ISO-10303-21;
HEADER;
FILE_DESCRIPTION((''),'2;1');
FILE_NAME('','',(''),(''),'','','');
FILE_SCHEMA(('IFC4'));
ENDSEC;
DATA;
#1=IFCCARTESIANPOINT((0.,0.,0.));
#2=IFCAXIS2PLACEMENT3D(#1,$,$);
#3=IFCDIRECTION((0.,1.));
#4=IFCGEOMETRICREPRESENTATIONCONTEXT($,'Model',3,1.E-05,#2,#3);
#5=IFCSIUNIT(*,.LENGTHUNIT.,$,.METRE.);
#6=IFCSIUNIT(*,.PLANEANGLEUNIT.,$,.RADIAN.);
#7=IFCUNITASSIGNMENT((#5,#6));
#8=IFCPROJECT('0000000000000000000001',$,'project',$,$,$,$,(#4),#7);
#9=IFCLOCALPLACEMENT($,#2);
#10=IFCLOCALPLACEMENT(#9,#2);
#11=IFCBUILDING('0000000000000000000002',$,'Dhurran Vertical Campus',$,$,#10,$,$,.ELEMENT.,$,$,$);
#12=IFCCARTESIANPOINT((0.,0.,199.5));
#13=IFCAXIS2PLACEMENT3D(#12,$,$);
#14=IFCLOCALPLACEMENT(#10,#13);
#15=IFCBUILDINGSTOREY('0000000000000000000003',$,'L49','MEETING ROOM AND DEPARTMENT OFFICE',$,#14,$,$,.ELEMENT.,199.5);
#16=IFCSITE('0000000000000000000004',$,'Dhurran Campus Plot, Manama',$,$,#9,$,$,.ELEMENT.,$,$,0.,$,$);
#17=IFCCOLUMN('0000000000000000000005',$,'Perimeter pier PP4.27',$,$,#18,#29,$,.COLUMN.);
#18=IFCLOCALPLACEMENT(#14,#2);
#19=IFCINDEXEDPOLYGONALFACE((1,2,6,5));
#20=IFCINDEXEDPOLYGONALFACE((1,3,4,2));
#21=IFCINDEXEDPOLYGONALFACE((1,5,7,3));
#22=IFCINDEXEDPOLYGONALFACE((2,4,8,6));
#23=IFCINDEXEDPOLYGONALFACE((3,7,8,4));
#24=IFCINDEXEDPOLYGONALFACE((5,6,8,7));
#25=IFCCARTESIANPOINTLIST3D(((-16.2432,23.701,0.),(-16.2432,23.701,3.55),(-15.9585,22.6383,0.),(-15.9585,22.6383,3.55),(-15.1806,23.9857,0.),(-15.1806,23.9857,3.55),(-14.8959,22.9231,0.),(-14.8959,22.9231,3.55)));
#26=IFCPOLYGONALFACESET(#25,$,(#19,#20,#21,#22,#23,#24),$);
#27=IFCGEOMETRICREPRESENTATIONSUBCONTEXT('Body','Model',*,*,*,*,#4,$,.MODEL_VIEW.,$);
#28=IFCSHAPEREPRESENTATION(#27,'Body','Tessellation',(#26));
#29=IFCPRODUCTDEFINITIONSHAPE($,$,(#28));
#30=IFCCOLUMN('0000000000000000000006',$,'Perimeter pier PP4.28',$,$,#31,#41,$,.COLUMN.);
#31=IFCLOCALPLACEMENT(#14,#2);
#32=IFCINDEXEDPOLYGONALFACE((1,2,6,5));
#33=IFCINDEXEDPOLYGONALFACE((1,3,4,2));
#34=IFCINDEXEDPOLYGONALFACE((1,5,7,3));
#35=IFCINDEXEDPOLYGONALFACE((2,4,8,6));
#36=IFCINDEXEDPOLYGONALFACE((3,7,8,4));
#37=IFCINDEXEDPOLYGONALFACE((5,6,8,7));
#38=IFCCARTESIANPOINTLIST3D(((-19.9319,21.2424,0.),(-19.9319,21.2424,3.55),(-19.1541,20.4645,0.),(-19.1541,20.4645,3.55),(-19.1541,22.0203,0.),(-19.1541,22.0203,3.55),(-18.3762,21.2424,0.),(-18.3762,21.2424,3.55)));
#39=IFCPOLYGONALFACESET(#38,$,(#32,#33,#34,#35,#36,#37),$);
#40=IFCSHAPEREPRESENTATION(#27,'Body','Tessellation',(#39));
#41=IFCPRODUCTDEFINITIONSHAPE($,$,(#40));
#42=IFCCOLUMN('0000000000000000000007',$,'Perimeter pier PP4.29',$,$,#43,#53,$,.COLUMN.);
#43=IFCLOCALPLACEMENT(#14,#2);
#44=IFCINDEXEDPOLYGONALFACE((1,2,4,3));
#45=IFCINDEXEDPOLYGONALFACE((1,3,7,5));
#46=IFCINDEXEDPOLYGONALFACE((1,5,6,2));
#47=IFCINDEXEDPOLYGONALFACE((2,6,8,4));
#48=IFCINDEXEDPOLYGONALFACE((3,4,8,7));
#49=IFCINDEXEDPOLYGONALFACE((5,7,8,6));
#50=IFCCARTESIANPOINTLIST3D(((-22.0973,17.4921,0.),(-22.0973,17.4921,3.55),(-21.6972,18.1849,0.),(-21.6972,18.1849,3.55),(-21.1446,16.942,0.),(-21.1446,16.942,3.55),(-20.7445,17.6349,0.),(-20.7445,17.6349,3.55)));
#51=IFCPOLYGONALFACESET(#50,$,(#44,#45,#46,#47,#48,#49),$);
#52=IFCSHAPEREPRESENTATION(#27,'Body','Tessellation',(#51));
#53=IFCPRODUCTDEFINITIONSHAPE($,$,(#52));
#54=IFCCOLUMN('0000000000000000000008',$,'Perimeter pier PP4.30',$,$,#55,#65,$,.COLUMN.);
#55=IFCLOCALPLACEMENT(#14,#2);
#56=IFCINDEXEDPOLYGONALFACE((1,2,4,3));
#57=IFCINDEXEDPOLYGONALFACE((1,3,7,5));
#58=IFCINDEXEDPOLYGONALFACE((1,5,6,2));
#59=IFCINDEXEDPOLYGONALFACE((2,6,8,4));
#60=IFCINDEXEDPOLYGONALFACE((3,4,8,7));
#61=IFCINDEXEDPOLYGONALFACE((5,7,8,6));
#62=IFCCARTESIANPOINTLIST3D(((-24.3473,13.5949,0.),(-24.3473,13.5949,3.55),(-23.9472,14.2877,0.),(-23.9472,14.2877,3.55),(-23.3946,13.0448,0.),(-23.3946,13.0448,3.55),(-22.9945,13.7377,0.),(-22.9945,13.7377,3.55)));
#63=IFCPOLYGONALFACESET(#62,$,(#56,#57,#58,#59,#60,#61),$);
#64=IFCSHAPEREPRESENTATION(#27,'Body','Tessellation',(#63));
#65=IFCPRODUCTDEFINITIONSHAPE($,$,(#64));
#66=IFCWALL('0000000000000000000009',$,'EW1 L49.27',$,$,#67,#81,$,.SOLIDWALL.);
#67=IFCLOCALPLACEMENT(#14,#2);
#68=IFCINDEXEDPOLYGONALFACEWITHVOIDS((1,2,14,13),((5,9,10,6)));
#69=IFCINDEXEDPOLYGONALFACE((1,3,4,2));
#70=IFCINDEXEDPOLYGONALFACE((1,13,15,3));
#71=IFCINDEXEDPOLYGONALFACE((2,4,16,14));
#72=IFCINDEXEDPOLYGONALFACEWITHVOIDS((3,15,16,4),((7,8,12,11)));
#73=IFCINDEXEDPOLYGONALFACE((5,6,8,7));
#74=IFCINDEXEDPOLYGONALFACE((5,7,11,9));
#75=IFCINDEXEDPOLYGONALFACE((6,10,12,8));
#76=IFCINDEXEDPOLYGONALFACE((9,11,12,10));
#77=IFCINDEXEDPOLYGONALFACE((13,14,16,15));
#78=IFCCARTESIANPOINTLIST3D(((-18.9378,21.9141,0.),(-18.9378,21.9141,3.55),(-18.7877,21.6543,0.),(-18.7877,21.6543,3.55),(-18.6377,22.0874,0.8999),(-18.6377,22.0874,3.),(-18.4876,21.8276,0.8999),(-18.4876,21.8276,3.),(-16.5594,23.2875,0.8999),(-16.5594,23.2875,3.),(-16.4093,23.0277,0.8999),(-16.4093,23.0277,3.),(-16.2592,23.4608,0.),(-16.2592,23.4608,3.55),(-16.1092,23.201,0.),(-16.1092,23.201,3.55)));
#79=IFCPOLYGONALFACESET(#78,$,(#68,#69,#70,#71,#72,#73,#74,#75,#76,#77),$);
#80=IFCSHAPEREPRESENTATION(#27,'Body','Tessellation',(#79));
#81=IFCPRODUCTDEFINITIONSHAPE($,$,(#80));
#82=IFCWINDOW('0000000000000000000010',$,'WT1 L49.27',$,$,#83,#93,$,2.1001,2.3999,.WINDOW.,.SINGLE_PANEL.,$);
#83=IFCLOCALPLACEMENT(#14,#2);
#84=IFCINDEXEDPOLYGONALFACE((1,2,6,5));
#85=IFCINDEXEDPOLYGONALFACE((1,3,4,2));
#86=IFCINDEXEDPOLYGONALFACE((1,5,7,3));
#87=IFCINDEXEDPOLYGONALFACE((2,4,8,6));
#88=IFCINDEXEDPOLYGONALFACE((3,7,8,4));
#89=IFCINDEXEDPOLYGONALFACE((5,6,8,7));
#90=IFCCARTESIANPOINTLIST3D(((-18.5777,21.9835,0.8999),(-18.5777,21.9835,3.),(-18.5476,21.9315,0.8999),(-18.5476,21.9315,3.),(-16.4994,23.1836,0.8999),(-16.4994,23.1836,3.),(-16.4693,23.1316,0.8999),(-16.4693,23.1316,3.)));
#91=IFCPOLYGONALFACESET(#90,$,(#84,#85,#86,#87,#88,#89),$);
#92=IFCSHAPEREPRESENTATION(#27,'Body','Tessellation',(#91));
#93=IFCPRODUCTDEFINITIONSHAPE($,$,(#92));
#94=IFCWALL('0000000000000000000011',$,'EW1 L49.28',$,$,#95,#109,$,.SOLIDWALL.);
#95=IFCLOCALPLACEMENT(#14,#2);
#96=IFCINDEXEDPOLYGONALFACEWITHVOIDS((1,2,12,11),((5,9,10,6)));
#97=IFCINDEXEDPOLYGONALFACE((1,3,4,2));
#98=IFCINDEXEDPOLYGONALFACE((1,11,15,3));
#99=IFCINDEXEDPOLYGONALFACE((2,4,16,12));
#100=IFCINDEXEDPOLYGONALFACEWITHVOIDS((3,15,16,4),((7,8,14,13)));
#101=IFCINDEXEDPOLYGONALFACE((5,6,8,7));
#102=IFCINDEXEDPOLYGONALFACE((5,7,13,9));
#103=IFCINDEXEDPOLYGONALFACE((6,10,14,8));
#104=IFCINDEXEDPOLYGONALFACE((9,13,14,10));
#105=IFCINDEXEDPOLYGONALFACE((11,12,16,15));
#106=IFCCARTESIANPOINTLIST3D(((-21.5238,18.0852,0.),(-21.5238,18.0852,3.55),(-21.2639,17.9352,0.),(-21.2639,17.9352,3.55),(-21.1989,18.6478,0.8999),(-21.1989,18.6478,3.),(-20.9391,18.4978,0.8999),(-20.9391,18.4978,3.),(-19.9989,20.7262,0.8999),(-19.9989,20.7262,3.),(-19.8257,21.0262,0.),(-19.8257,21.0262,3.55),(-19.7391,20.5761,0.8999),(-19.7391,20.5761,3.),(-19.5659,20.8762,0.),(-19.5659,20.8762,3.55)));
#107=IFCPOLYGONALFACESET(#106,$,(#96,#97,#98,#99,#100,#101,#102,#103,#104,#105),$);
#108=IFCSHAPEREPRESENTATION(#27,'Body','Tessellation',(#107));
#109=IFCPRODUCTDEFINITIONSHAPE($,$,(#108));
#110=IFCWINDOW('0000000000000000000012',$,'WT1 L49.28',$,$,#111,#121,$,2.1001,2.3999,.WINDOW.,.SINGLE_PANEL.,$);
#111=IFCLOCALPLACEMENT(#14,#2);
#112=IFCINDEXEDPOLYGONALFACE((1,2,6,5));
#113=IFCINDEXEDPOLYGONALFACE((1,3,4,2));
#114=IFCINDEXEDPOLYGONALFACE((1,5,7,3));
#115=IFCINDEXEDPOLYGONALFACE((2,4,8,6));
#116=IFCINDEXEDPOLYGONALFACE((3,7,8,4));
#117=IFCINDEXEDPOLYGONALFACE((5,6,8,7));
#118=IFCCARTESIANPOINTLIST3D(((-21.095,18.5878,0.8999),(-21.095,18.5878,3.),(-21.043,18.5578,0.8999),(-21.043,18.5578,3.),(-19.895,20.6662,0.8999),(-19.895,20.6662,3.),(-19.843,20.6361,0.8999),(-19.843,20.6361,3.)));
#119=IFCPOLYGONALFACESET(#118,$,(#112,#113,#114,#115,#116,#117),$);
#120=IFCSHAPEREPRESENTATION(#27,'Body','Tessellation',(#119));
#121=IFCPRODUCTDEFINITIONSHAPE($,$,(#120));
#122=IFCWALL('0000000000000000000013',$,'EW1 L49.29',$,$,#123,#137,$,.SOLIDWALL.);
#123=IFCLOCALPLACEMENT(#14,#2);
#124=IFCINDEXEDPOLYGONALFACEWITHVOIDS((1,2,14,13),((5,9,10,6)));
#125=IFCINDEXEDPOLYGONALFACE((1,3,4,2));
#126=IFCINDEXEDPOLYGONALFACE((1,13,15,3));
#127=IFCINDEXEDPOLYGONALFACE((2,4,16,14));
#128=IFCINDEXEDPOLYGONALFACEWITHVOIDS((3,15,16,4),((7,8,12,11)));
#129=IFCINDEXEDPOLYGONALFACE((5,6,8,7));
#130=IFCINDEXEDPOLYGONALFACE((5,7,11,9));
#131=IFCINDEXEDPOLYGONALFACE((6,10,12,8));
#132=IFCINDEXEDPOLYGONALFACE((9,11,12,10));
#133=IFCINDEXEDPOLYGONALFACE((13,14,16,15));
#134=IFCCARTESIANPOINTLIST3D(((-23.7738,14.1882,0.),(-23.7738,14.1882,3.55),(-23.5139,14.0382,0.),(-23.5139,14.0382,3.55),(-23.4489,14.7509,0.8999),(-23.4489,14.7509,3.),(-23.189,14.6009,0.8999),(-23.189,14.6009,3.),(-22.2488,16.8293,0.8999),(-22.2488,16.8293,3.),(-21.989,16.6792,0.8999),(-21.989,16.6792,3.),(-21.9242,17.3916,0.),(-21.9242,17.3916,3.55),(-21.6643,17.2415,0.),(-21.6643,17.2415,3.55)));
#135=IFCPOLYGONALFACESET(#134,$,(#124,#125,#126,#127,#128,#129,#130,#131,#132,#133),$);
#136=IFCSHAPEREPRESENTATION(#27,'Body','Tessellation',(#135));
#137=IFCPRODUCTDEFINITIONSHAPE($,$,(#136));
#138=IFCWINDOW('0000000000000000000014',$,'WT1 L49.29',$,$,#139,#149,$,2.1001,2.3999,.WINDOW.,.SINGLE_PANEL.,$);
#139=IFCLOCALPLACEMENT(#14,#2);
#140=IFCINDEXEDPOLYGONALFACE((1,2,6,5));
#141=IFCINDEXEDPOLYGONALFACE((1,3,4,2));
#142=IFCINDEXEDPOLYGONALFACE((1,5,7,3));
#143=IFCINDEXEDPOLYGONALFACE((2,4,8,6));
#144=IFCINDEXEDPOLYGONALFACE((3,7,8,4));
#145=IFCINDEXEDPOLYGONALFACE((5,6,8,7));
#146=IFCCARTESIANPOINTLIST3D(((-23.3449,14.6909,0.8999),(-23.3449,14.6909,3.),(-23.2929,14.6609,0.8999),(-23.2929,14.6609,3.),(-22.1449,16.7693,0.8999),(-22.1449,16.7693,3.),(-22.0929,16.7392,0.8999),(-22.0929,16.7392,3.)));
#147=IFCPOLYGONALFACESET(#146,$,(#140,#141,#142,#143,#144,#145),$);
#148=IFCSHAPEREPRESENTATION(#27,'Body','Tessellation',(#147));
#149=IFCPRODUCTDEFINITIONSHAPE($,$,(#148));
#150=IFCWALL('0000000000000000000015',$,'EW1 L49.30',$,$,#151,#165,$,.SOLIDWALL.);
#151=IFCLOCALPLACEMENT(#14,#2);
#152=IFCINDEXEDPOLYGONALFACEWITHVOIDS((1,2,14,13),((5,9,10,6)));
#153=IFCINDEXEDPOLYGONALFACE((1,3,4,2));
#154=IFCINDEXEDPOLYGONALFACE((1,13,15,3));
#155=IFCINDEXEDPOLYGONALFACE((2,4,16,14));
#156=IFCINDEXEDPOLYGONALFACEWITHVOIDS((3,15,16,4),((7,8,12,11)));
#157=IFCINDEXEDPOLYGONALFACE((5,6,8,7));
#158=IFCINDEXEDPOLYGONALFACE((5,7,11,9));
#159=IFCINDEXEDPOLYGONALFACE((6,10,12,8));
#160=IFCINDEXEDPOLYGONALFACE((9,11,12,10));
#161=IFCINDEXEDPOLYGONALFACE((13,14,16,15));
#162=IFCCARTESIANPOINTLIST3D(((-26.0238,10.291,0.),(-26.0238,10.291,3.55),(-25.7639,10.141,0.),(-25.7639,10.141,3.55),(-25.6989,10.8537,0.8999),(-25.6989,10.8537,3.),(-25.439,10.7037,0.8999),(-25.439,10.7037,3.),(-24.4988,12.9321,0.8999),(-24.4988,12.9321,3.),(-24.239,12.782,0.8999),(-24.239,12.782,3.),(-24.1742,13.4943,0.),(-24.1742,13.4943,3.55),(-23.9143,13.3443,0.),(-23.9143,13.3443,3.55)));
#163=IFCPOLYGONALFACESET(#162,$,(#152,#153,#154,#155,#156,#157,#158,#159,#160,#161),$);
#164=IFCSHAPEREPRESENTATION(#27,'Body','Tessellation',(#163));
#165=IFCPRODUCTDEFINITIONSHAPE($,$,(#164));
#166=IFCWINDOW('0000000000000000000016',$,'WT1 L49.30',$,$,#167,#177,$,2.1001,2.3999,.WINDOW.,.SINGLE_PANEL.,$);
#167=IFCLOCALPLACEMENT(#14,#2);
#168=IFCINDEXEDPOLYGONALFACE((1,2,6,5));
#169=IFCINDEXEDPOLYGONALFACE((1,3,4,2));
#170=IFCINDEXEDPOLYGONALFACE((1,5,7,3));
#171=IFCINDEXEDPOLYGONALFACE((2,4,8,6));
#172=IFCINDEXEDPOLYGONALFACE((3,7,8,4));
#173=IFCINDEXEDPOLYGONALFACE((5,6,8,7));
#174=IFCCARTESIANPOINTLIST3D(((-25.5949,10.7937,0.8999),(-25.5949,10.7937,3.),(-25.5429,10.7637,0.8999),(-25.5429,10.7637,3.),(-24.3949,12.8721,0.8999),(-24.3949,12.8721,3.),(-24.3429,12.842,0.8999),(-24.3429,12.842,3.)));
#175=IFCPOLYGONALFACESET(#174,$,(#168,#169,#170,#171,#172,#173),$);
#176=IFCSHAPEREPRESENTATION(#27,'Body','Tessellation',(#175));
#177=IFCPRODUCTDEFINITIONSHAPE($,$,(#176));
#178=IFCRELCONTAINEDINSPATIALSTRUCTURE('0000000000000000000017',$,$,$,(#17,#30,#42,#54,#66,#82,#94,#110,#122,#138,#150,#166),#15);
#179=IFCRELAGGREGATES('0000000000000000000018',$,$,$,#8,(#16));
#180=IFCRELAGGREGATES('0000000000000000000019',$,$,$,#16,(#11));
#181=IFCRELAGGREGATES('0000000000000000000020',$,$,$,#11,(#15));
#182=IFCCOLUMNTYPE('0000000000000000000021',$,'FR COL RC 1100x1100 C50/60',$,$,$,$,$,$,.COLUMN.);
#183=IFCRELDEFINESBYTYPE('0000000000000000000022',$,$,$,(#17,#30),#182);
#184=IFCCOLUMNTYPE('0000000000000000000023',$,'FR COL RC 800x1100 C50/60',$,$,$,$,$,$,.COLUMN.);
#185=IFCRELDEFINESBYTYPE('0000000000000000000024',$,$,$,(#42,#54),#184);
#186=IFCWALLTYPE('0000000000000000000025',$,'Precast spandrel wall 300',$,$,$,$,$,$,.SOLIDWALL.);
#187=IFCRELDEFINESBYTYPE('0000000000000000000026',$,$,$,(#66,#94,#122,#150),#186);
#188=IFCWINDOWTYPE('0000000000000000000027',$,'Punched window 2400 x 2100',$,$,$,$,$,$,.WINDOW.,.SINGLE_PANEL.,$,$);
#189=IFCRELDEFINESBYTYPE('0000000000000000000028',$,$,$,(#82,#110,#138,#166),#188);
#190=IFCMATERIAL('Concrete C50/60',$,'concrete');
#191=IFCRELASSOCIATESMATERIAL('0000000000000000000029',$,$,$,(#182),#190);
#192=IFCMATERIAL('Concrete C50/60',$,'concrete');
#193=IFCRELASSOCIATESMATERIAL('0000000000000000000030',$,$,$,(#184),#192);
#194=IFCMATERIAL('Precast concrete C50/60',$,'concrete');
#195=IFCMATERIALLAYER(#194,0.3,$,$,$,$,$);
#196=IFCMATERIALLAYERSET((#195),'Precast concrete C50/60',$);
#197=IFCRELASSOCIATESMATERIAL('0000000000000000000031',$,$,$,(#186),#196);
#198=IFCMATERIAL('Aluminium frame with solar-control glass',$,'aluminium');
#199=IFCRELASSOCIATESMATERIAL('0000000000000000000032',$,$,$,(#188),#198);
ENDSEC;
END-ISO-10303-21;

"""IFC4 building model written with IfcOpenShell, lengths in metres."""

from ifc_helpers import new_model, si_unit, direction, frame, frame_2d, origin, origin_2d, place, context, subcontext, project, spatial, rectangle, extrude, material, layer, layer_set, material_profile, profile_set, type_object, element, fill, save


model = new_model("IFC4")

# Units and contexts
model_context = context("Model", 3, precision=1e-05, world=origin(), true_north=direction((0.0, 1.0)))
body_context = subcontext(model_context, "Body", "Model", "MODEL_VIEW")
ifc_project = project(units=[si_unit("LENGTHUNIT", "METRE"), si_unit("PLANEANGLEUNIT", "RADIAN")], contexts=[model_context])

# Site, building, storey
site_placement = place(None, origin())
site = spatial("IfcSite", under=ifc_project, at=site_placement, Name="Dhurran Campus Plot, Manama", CompositionType="ELEMENT", RefElevation=0.0)
building_placement = place(site_placement, origin())
building = spatial("IfcBuilding", under=site, at=building_placement, Name="Dhurran Vertical Campus", CompositionType="ELEMENT")
storey_placement = place(building_placement, frame((0.0, 0.0, 199.5)))
storey = spatial("IfcBuildingStorey", under=building, at=storey_placement, Name="L49", Description="MEETING ROOM AND DEPARTMENT OFFICE", CompositionType="ELEMENT", Elevation=199.5)

# Columns
ifc_material_1 = material(Name="Concrete C50/60", Category="concrete")
ifc_material_profile_1 = material_profile(ifc_material_1, rectangle(XDim=1.1001, YDim=1.1001, at=origin_2d()), Name="RC 1100x1100")
ifc_profile_set_1 = profile_set([ifc_material_profile_1], Name="Concrete C50/60")
column_type_1 = type_object("IfcColumnType", Name="FR COL RC 1100x1100 C50/60", PredefinedType="COLUMN", material=ifc_profile_set_1)
for number, where, z_axis, x_axis, name in (
    (1, (-15.5696, 23.312, 0.0), (0.0, 0.0, 1.0), (-0.965926, -0.258819, 0.0), "Perimeter pier PP4.27"),
    (2, (-19.1541, 21.2424, 0.0), (0.0, 0.0, 1.0), (-0.707107, -0.707107, 0.0), "Perimeter pier PP4.28"),
):
    element("IfcColumn", number, at=place(storey_placement, frame(where, z_axis=z_axis, x_axis=x_axis)), inside=storey, type_object=column_type_1, Name=name, PredefinedType="COLUMN", context=body_context, shape_type="SweptSolid", body=[
        extrude(rectangle(XDim=1.1001, YDim=1.1001, at=origin_2d()), origin(), (0.0, 0.0, 1.0), 3.55),
    ])
ifc_material_2 = material(Name="Concrete C50/60", Category="concrete")
ifc_material_profile_2 = material_profile(ifc_material_2, rectangle(XDim=0.8, YDim=1.1001, at=origin_2d()), Name="RC 800x1100")
ifc_profile_set_2 = profile_set([ifc_material_profile_2], Name="Concrete C50/60")
column_type_2 = type_object("IfcColumnType", Name="FR COL RC 800x1100 C50/60", PredefinedType="COLUMN", material=ifc_profile_set_2)
for number, where, z_axis, x_axis, name in (
    (3, (-21.4209, 17.5635, 0.0), (0.0, 0.0, 1.0), (-0.5, -0.866025, 0.0), "Perimeter pier PP4.29"),
    (4, (-23.6709, 13.6663, 0.0), (0.0, 0.0, 1.0), (-0.5, -0.866025, 0.0), "Perimeter pier PP4.30"),
):
    element("IfcColumn", number, at=place(storey_placement, frame(where, z_axis=z_axis, x_axis=x_axis)), inside=storey, type_object=column_type_2, Name=name, PredefinedType="COLUMN", context=body_context, shape_type="SweptSolid", body=[
        extrude(rectangle(XDim=0.8, YDim=1.1001, at=origin_2d()), origin(), (0.0, 0.0, 1.0), 3.55),
    ])

# Walls, openings, windows
ifc_material_3 = material(Name="Precast concrete C50/60", Category="concrete")
ifc_layer_1 = layer(ifc_material_3, 0.3)
ifc_layer_set_1 = layer_set([ifc_layer_1], Name="Precast concrete C50/60")
wall_type_1 = type_object("IfcWallType", Name="Precast spandrel wall 300", PredefinedType="SOLIDWALL", material=ifc_layer_set_1)
wall_1_placement = place(storey_placement, frame((-16.1843, 23.3308, 0.0), z_axis=(0.0, 0.0, 1.0), x_axis=(-0.865995, -0.500053, 0.0)))
wall_1 = element("IfcWall", 5, at=wall_1_placement, inside=storey, type_object=wall_type_1, Name="EW1 L49.27", PredefinedType="SOLIDWALL", context=body_context, shape_type="SweptSolid", body=[
    extrude(rectangle(XDim=3.093, YDim=0.3, at=frame_2d((1.5464, 0.0))), origin(), (0.0, 0.0, 1.0), 3.55),
])
opening_1_placement = place(wall_1_placement, frame((0.3464, 0.0, 0.8999)))
opening_1 = element("IfcOpeningElement", 6, at=opening_1_placement, cuts=wall_1, PredefinedType="OPENING", context=body_context, shape_type="SweptSolid", body=[
    extrude(rectangle(XDim=2.3999, YDim=2.1001, at=frame_2d((1.2, 1.05))), frame((0.0, 0.1599, 0.0), z_axis=(0.0, -1.0, 0.0), x_axis=(1.0, 0.0, 0.0)), (0.0, 0.0, 1.0), 0.3201),
])
ifc_material_4 = material(Name="Aluminium frame with solar-control glass", Category="aluminium")
window_type = type_object("IfcWindowType", Name="Punched window 2400 x 2100", PartitioningType="SINGLE_PANEL", PredefinedType="WINDOW", material=ifc_material_4)
window_1_placement = place(opening_1_placement, origin())
window_1 = element("IfcWindow", 7, at=window_1_placement, inside=storey, type_object=window_type, Name="WT1 L49.27", OverallHeight=2.1001, OverallWidth=2.3999, PartitioningType="SINGLE_PANEL", PredefinedType="WINDOW", context=body_context, shape_type="SweptSolid", body=[
    extrude(rectangle(XDim=2.3999, YDim=2.1001, at=frame_2d((1.2, 1.05))), frame((0.0, 0.03, 0.0), z_axis=(0.0, -1.0, 0.0), x_axis=(1.0, 0.0, 0.0)), (0.0, 0.0, 1.0), 0.0601),
])
fill(opening_1, window_1)
wall_2_placement = place(storey_placement, frame((-19.6958, 20.9512, 0.0), z_axis=(0.0, 0.0, 1.0), x_axis=(-0.500013, -0.866018, 0.0)))
wall_2 = element("IfcWall", 8, at=wall_2_placement, inside=storey, type_object=wall_type_1, Name="EW1 L49.28", PredefinedType="SOLIDWALL", context=body_context, shape_type="SweptSolid", body=[
    extrude(rectangle(XDim=3.396, YDim=0.3, at=frame_2d((1.698, 0.0))), origin(), (0.0, 0.0, 1.0), 3.55),
])
opening_2_placement = place(wall_2_placement, frame((0.3464, 0.0, 0.8999)))
opening_2 = element("IfcOpeningElement", 9, at=opening_2_placement, cuts=wall_2, PredefinedType="OPENING", context=body_context, shape_type="SweptSolid", body=[
    extrude(rectangle(XDim=2.3999, YDim=2.1001, at=frame_2d((1.2, 1.05))), frame((0.0, 0.1599, 0.0), z_axis=(0.0, -1.0, 0.0), x_axis=(1.0, 0.0, 0.0)), (0.0, 0.0, 1.0), 0.3201),
])
window_2_placement = place(opening_2_placement, origin())
window_2 = element("IfcWindow", 10, at=window_2_placement, inside=storey, type_object=window_type, Name="WT1 L49.28", OverallHeight=2.1001, OverallWidth=2.3999, PartitioningType="SINGLE_PANEL", PredefinedType="WINDOW", context=body_context, shape_type="SweptSolid", body=[
    extrude(rectangle(XDim=2.3999, YDim=2.1001, at=frame_2d((1.2, 1.05))), frame((0.0, 0.03, 0.0), z_axis=(0.0, -1.0, 0.0), x_axis=(1.0, 0.0, 0.0)), (0.0, 0.0, 1.0), 0.0601),
])
fill(opening_2, window_2)
wall_3_placement = place(storey_placement, frame((-21.7942, 17.3167, 0.0), z_axis=(0.0, 0.0, 1.0), x_axis=(-0.500029, -0.866009, 0.0)))
wall_3 = element("IfcWall", 11, at=wall_3_placement, inside=storey, type_object=wall_type_1, Name="EW1 L49.29", PredefinedType="SOLIDWALL", context=body_context, shape_type="SweptSolid", body=[
    extrude(rectangle(XDim=3.699, YDim=0.3, at=frame_2d((1.8496, 0.0))), origin(), (0.0, 0.0, 1.0), 3.55),
])
opening_3_placement = place(wall_3_placement, frame((0.6494, 0.0, 0.8999)))
opening_3 = element("IfcOpeningElement", 12, at=opening_3_placement, cuts=wall_3, PredefinedType="OPENING", context=body_context, shape_type="SweptSolid", body=[
    extrude(rectangle(XDim=2.3999, YDim=2.1001, at=frame_2d((1.2, 1.05))), frame((0.0, 0.1599, 0.0), z_axis=(0.0, -1.0, 0.0), x_axis=(1.0, 0.0, 0.0)), (0.0, 0.0, 1.0), 0.3201),
])
window_3_placement = place(opening_3_placement, origin())
window_3 = element("IfcWindow", 13, at=window_3_placement, inside=storey, type_object=window_type, Name="WT1 L49.29", OverallHeight=2.1001, OverallWidth=2.3999, PartitioningType="SINGLE_PANEL", PredefinedType="WINDOW", context=body_context, shape_type="SweptSolid", body=[
    extrude(rectangle(XDim=2.3999, YDim=2.1001, at=frame_2d((1.2, 1.05))), frame((0.0, 0.03, 0.0), z_axis=(0.0, -1.0, 0.0), x_axis=(1.0, 0.0, 0.0)), (0.0, 0.0, 1.0), 0.0601),
])
fill(opening_3, window_3)
wall_4_placement = place(storey_placement, frame((-24.0442, 13.4194, 0.0), z_axis=(0.0, 0.0, 1.0), x_axis=(-0.500029, -0.866009, 0.0)))
wall_4 = element("IfcWall", 14, at=wall_4_placement, inside=storey, type_object=wall_type_1, Name="EW1 L49.30", PredefinedType="SOLIDWALL", context=body_context, shape_type="SweptSolid", body=[
    extrude(rectangle(XDim=3.699, YDim=0.3, at=frame_2d((1.8496, 0.0))), origin(), (0.0, 0.0, 1.0), 3.55),
])
opening_4_placement = place(wall_4_placement, frame((0.6494, 0.0, 0.8999)))
opening_4 = element("IfcOpeningElement", 15, at=opening_4_placement, cuts=wall_4, PredefinedType="OPENING", context=body_context, shape_type="SweptSolid", body=[
    extrude(rectangle(XDim=2.3999, YDim=2.1001, at=frame_2d((1.2, 1.05))), frame((0.0, 0.1599, 0.0), z_axis=(0.0, -1.0, 0.0), x_axis=(1.0, 0.0, 0.0)), (0.0, 0.0, 1.0), 0.3201),
])
window_4_placement = place(opening_4_placement, origin())
window_4 = element("IfcWindow", 16, at=window_4_placement, inside=storey, type_object=window_type, Name="WT1 L49.30", OverallHeight=2.1001, OverallWidth=2.3999, PartitioningType="SINGLE_PANEL", PredefinedType="WINDOW", context=body_context, shape_type="SweptSolid", body=[
    extrude(rectangle(XDim=2.3999, YDim=2.1001, at=frame_2d((1.2, 1.05))), frame((0.0, 0.03, 0.0), z_axis=(0.0, -1.0, 0.0), x_axis=(1.0, 0.0, 0.0)), (0.0, 0.0, 1.0), 0.0601),
])
fill(opening_4, window_4)

save(model, "model.ifc")
